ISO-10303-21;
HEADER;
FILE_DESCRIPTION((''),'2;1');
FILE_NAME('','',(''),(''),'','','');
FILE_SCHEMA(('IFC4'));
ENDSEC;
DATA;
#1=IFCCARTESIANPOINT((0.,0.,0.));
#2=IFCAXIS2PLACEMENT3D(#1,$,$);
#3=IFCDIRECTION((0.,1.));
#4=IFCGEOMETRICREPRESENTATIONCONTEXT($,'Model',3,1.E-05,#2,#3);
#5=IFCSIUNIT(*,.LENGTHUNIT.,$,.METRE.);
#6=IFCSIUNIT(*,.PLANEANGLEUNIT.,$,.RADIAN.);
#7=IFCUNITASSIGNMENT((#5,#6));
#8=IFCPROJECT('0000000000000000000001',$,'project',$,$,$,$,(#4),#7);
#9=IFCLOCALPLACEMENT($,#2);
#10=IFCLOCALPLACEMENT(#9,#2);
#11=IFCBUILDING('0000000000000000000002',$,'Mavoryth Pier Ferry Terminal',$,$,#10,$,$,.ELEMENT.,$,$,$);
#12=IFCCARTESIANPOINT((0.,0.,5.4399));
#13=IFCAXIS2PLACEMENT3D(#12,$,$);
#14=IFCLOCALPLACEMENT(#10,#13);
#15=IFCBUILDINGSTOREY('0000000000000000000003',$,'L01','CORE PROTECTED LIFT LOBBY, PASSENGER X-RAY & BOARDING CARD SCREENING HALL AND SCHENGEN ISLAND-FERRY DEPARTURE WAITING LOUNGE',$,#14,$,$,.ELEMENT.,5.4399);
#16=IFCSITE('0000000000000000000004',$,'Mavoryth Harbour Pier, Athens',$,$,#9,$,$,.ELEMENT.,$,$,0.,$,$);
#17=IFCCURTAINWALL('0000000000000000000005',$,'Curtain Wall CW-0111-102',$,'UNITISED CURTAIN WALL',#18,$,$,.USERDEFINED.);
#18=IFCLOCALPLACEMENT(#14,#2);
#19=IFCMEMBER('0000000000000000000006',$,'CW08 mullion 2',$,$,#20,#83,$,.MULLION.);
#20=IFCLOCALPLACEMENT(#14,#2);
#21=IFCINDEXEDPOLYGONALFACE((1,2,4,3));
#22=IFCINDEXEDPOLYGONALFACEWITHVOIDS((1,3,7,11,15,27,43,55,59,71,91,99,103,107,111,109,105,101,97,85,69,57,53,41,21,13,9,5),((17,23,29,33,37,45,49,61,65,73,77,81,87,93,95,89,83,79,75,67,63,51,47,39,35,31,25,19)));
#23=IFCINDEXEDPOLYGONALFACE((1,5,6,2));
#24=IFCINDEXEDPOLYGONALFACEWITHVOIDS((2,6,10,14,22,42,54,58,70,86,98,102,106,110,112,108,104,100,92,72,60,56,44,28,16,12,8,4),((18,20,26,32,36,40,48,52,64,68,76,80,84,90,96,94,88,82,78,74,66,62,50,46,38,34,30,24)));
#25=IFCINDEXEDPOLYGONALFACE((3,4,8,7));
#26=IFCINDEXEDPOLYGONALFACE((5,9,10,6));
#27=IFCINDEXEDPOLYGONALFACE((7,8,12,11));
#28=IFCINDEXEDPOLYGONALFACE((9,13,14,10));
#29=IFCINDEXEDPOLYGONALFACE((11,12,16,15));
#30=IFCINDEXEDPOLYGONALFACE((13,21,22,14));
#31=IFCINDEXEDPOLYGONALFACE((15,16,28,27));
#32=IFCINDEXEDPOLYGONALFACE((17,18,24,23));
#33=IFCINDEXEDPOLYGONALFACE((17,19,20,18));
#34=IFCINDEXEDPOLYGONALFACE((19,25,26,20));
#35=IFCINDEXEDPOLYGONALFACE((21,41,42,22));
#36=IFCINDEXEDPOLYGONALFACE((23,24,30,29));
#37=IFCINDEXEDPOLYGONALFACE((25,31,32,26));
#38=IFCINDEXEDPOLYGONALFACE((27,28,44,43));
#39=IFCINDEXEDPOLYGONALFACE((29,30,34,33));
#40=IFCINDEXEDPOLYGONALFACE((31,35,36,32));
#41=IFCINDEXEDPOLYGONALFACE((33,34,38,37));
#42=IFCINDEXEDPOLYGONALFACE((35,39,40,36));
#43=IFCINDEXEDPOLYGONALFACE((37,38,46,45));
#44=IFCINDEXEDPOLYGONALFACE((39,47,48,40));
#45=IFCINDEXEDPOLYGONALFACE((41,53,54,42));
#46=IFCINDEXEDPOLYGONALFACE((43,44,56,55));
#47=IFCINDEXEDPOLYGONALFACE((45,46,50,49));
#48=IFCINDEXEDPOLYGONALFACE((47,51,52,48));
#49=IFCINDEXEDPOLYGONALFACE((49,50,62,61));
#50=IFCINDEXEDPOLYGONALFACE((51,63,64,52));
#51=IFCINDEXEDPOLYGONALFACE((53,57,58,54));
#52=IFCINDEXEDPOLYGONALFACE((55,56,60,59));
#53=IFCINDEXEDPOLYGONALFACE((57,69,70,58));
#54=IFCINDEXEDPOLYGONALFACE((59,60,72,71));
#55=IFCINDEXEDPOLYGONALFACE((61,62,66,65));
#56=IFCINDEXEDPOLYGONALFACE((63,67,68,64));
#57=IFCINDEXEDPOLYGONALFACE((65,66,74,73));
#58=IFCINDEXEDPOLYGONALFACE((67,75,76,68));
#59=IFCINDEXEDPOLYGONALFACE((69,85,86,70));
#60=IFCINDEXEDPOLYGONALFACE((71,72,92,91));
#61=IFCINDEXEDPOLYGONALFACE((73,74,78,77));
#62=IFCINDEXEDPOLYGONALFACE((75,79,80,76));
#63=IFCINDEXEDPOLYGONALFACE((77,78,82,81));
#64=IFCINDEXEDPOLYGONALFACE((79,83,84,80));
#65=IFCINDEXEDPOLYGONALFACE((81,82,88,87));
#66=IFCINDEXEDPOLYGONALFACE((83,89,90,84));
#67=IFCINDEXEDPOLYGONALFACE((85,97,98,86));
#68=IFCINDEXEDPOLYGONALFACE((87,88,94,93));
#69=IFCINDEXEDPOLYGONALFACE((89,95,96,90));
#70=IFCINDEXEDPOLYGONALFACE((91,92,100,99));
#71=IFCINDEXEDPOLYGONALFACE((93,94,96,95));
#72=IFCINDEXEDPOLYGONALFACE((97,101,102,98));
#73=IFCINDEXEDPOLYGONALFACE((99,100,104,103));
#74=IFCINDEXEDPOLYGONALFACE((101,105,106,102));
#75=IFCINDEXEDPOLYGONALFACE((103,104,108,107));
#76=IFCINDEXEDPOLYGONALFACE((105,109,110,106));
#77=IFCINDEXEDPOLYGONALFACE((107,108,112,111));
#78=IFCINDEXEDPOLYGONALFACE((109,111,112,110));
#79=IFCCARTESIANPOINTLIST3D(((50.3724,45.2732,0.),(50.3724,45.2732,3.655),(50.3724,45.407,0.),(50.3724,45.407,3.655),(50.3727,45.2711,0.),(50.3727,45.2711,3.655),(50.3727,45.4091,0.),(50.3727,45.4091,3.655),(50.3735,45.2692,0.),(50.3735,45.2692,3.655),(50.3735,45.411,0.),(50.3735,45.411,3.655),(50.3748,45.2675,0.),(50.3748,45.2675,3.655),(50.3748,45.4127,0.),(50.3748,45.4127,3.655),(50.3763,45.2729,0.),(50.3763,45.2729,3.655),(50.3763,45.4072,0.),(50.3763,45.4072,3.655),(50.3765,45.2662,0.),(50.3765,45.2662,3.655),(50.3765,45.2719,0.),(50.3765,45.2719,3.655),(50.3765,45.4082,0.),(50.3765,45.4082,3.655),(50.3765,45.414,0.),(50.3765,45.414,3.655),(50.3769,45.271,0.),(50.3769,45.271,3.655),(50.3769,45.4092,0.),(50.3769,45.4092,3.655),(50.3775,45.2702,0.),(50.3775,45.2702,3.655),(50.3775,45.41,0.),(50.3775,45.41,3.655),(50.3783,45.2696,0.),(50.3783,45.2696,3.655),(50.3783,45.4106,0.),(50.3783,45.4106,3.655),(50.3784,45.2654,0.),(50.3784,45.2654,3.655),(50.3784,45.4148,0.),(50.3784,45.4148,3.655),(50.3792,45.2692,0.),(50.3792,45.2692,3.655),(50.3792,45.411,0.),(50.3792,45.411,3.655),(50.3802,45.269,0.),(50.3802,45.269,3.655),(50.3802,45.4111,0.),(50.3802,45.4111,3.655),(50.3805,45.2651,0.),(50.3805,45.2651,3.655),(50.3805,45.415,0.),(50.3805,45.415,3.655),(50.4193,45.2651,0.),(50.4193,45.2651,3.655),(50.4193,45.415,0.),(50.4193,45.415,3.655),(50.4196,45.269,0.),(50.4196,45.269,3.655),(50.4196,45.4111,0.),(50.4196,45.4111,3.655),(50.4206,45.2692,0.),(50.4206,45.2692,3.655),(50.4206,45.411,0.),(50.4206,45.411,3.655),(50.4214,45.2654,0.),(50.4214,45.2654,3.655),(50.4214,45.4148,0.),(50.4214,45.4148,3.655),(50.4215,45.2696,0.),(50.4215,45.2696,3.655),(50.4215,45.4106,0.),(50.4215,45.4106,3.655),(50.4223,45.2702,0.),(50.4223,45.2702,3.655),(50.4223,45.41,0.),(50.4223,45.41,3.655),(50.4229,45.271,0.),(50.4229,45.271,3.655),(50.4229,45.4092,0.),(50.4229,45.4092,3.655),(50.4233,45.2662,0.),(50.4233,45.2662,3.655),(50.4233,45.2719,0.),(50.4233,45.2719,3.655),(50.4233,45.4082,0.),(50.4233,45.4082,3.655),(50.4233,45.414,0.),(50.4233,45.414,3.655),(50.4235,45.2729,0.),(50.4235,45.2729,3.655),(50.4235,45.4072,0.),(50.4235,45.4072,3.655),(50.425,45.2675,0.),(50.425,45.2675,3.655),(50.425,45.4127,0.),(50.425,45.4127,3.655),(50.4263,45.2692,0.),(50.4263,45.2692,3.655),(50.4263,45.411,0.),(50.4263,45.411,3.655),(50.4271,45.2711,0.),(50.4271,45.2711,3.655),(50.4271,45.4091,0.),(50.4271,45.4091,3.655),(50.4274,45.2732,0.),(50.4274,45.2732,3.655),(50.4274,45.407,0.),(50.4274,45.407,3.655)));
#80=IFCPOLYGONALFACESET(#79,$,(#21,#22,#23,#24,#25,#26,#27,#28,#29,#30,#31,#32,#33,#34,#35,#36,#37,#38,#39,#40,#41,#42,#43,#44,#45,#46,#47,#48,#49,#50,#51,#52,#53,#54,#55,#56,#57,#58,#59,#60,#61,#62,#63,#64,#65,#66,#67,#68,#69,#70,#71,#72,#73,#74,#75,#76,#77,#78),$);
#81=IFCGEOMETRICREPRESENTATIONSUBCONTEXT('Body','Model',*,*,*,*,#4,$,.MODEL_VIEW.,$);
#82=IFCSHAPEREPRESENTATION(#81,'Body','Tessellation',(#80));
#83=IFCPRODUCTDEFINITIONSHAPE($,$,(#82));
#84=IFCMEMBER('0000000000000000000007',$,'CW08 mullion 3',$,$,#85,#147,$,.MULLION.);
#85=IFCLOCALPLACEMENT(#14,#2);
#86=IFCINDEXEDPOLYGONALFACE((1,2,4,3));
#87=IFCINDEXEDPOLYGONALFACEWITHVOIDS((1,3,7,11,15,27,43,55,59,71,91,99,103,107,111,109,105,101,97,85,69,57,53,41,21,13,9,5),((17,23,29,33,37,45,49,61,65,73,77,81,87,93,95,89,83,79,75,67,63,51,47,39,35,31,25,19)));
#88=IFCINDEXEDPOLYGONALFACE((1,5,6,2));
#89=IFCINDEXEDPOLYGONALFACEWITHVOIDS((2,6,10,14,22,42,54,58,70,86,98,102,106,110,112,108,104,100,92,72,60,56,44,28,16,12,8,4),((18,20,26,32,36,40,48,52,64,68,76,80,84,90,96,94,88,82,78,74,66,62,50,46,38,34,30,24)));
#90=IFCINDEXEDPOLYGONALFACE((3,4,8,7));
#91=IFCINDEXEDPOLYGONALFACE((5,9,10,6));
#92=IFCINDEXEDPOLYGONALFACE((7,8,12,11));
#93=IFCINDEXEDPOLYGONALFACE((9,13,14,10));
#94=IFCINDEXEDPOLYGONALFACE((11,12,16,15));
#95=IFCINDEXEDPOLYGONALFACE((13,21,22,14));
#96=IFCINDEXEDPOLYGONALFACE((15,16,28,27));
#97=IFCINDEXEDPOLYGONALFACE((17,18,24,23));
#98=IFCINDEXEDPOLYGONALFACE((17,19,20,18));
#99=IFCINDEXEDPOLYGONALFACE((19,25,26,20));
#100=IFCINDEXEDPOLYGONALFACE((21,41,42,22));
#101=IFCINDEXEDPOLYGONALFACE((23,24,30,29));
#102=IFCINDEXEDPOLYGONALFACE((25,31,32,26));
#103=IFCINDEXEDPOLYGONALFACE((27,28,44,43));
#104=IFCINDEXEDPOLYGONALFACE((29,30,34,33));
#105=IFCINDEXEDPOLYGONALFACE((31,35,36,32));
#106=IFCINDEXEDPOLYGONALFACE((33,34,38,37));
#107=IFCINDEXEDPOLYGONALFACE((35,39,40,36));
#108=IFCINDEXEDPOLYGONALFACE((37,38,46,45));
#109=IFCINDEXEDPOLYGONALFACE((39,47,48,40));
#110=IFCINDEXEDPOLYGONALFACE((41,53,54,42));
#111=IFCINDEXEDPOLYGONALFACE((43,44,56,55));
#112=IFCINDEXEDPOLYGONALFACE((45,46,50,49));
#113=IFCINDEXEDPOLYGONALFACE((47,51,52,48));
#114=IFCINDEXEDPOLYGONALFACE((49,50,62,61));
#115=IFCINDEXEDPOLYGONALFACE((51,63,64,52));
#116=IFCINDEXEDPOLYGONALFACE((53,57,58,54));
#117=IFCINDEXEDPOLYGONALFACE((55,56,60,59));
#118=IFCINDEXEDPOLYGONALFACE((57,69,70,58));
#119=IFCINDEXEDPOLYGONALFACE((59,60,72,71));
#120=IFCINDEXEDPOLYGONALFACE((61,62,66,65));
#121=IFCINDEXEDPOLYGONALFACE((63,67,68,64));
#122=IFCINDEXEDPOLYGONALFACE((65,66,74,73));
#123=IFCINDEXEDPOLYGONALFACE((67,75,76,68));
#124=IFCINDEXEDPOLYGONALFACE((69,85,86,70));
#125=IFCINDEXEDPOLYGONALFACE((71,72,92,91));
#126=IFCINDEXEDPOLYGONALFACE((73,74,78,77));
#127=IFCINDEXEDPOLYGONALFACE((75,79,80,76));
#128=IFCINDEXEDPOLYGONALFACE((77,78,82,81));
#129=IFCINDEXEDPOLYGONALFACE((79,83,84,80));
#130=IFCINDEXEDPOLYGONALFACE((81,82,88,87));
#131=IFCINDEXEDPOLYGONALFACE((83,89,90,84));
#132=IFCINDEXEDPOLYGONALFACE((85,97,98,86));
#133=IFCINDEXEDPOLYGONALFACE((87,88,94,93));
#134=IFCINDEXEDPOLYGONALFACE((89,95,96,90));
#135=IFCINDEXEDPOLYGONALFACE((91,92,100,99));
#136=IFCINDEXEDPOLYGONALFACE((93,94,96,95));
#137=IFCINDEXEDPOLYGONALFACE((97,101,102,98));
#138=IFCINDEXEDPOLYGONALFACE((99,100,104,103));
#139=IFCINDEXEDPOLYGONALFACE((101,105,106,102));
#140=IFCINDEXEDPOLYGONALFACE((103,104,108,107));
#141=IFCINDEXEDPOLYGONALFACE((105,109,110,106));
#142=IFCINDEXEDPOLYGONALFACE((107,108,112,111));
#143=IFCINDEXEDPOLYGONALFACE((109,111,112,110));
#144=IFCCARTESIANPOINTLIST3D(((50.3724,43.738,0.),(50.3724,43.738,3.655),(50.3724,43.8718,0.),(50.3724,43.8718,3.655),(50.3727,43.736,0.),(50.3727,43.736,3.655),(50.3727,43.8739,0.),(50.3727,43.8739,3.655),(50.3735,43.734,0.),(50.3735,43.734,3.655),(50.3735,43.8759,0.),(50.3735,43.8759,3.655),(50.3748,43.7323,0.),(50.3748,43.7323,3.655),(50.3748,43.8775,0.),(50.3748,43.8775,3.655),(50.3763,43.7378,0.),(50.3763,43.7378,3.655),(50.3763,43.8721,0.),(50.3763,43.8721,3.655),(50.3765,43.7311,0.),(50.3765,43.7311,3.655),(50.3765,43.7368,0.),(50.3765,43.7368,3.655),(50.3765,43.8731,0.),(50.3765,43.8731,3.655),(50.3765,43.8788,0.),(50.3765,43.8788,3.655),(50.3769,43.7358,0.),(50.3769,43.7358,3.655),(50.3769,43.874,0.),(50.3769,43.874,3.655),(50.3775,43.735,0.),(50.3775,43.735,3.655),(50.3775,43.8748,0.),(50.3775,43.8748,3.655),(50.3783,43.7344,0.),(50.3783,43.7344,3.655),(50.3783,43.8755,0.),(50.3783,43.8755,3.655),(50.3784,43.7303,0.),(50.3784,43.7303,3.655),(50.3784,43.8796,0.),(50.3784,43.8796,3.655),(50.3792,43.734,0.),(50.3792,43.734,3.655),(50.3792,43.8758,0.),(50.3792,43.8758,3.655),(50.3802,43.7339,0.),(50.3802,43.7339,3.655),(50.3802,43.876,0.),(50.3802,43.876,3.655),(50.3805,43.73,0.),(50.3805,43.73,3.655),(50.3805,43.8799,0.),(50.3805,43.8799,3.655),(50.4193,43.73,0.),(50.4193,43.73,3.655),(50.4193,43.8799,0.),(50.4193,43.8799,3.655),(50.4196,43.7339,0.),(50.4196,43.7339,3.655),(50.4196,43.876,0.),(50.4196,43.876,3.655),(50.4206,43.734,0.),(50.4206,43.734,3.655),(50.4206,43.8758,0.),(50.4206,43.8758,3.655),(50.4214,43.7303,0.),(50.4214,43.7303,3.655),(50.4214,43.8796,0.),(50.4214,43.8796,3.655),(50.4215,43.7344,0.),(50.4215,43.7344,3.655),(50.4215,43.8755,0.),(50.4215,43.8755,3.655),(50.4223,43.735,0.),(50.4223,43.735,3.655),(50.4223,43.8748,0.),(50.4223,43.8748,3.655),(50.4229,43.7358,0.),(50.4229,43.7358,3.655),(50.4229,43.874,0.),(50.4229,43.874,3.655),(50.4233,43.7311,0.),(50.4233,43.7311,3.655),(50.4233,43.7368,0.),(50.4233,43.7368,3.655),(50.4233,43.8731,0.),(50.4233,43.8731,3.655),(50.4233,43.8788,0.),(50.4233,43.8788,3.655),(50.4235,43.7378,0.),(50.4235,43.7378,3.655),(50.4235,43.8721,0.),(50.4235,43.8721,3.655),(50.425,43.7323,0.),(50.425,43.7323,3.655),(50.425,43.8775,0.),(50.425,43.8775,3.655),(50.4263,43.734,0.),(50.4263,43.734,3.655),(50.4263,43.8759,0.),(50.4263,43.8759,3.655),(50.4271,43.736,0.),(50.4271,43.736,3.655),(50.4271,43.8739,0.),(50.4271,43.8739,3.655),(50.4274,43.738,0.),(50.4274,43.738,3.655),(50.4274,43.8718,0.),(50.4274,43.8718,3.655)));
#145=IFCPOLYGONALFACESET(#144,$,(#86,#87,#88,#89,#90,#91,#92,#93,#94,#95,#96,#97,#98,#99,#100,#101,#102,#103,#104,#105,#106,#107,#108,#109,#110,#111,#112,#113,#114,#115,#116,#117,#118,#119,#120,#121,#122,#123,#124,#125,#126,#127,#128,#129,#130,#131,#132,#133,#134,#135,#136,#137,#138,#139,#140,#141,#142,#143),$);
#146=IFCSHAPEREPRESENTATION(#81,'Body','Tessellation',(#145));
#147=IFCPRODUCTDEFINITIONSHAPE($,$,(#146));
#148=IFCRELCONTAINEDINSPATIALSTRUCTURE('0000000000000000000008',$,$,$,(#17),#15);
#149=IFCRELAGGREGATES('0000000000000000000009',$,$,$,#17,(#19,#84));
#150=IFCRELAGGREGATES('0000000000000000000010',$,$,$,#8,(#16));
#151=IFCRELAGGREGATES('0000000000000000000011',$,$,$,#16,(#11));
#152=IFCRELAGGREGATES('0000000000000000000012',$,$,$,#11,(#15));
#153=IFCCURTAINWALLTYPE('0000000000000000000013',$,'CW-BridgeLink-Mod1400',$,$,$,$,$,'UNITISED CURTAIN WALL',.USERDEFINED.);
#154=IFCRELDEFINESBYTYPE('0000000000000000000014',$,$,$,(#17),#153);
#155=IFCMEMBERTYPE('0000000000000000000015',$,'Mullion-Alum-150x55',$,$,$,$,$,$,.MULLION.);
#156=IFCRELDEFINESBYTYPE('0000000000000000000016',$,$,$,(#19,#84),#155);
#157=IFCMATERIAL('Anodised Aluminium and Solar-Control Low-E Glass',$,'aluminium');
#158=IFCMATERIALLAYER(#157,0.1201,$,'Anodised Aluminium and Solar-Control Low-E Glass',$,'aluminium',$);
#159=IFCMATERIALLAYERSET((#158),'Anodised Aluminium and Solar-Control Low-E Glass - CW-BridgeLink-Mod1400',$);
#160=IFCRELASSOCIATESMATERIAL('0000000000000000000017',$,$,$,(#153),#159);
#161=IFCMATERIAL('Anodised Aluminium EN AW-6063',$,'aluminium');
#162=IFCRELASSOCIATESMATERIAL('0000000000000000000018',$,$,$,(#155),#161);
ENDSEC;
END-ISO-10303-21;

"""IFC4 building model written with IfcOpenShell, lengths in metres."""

from ifc_helpers import new_model, si_unit, direction, frame, origin, origin_2d, place, context, subcontext, project, spatial, hollow_rectangle, extrude, material, layer, layer_set, material_profile, profile_set, type_object, element, aggregate, save


model = new_model("IFC4")

# Units and contexts
model_context = context("Model", 3, precision=1e-05, world=origin(), true_north=direction((0.0, 1.0)))
body_context = subcontext(model_context, "Body", "Model", "MODEL_VIEW")
ifc_project = project(units=[si_unit("LENGTHUNIT", "METRE"), si_unit("PLANEANGLEUNIT", "RADIAN")], contexts=[model_context])

# Site, building, storey
site_placement = place(None, origin())
site = spatial("IfcSite", under=ifc_project, at=site_placement, Name="Mavoryth Harbour Pier, Athens", CompositionType="ELEMENT", RefElevation=0.0)
building_placement = place(site_placement, origin())
building = spatial("IfcBuilding", under=site, at=building_placement, Name="Mavoryth Pier Ferry Terminal", CompositionType="ELEMENT")
storey_placement = place(building_placement, frame((0.0, 0.0, 5.4399)))
storey = spatial("IfcBuildingStorey", under=building, at=storey_placement, Name="L01", Description="CORE PROTECTED LIFT LOBBY, PASSENGER X-RAY & BOARDING CARD SCREENING HALL AND SCHENGEN ISLAND-FERRY DEPARTURE WAITING LOUNGE", CompositionType="ELEMENT", Elevation=5.4399)

# Curtain wall, members
ifc_material_1 = material(Name="Anodised Aluminium and Solar-Control Low-E Glass", Category="aluminium")
ifc_layer_1 = layer(ifc_material_1, 0.1201, Name="Anodised Aluminium and Solar-Control Low-E Glass", Category="aluminium")
ifc_layer_set_1 = layer_set([ifc_layer_1], Name="Anodised Aluminium and Solar-Control Low-E Glass - CW-BridgeLink-Mod1400")
curtain_wall_type = type_object("IfcCurtainWallType", Name="CW-BridgeLink-Mod1400", ElementType="UNITISED CURTAIN WALL", PredefinedType="USERDEFINED", material=ifc_layer_set_1)
curtain_wall_1_placement = place(storey_placement, origin())
curtain_wall_1 = element("IfcCurtainWall", 1, at=curtain_wall_1_placement, inside=storey, type_object=curtain_wall_type, Name="Curtain Wall CW-0111-102", ObjectType="UNITISED CURTAIN WALL", PredefinedType="USERDEFINED")
ifc_material_2 = material(Name="Anodised Aluminium EN AW-6063", Category="aluminium")
ifc_material_profile_1 = material_profile(ifc_material_2, hollow_rectangle(XDim=0.0549, YDim=0.1499, WallThickness=0.0039, InnerFilletRadius=0.0039, OuterFilletRadius=0.0081, at=origin_2d()), Name="AL-MULL 150x55x4", Category="aluminium")
ifc_profile_set_1 = profile_set([ifc_material_profile_1], Name="Anodised Aluminium EN AW-6063 - AL-MULL 150x55x4")
member_type_1 = type_object("IfcMemberType", Name="Mullion-Alum-150x55", PredefinedType="MULLION", material=ifc_profile_set_1)
member_1_placement = place(storey_placement, frame((50.3999, 45.3401, 0.0), z_axis=(0.0, 0.0, 1.0), x_axis=(1.0, 0.0, 0.0)))
member_1 = element("IfcMember", 2, at=member_1_placement, type_object=member_type_1, Name="CW08 mullion 2", PredefinedType="MULLION", context=body_context, shape_type="SweptSolid", body=[
    extrude(hollow_rectangle(XDim=0.0549, YDim=0.1499, WallThickness=0.0039, InnerFilletRadius=0.0039, OuterFilletRadius=0.0081, at=origin_2d()), origin(), (0.0, 0.0, 1.0), 3.655),
])
member_2_placement = place(storey_placement, frame((50.3999, 43.8049, 0.0), z_axis=(0.0, 0.0, 1.0), x_axis=(1.0, 0.0, 0.0)))
member_2 = element("IfcMember", 3, at=member_2_placement, type_object=member_type_1, Name="CW08 mullion 3", PredefinedType="MULLION", context=body_context, shape_type="SweptSolid", body=[
    extrude(hollow_rectangle(XDim=0.0549, YDim=0.1499, WallThickness=0.0039, InnerFilletRadius=0.0039, OuterFilletRadius=0.0081, at=origin_2d()), origin(), (0.0, 0.0, 1.0), 3.655),
])

aggregate(curtain_wall_1, [member_1, member_2])

save(model, "model.ifc")
